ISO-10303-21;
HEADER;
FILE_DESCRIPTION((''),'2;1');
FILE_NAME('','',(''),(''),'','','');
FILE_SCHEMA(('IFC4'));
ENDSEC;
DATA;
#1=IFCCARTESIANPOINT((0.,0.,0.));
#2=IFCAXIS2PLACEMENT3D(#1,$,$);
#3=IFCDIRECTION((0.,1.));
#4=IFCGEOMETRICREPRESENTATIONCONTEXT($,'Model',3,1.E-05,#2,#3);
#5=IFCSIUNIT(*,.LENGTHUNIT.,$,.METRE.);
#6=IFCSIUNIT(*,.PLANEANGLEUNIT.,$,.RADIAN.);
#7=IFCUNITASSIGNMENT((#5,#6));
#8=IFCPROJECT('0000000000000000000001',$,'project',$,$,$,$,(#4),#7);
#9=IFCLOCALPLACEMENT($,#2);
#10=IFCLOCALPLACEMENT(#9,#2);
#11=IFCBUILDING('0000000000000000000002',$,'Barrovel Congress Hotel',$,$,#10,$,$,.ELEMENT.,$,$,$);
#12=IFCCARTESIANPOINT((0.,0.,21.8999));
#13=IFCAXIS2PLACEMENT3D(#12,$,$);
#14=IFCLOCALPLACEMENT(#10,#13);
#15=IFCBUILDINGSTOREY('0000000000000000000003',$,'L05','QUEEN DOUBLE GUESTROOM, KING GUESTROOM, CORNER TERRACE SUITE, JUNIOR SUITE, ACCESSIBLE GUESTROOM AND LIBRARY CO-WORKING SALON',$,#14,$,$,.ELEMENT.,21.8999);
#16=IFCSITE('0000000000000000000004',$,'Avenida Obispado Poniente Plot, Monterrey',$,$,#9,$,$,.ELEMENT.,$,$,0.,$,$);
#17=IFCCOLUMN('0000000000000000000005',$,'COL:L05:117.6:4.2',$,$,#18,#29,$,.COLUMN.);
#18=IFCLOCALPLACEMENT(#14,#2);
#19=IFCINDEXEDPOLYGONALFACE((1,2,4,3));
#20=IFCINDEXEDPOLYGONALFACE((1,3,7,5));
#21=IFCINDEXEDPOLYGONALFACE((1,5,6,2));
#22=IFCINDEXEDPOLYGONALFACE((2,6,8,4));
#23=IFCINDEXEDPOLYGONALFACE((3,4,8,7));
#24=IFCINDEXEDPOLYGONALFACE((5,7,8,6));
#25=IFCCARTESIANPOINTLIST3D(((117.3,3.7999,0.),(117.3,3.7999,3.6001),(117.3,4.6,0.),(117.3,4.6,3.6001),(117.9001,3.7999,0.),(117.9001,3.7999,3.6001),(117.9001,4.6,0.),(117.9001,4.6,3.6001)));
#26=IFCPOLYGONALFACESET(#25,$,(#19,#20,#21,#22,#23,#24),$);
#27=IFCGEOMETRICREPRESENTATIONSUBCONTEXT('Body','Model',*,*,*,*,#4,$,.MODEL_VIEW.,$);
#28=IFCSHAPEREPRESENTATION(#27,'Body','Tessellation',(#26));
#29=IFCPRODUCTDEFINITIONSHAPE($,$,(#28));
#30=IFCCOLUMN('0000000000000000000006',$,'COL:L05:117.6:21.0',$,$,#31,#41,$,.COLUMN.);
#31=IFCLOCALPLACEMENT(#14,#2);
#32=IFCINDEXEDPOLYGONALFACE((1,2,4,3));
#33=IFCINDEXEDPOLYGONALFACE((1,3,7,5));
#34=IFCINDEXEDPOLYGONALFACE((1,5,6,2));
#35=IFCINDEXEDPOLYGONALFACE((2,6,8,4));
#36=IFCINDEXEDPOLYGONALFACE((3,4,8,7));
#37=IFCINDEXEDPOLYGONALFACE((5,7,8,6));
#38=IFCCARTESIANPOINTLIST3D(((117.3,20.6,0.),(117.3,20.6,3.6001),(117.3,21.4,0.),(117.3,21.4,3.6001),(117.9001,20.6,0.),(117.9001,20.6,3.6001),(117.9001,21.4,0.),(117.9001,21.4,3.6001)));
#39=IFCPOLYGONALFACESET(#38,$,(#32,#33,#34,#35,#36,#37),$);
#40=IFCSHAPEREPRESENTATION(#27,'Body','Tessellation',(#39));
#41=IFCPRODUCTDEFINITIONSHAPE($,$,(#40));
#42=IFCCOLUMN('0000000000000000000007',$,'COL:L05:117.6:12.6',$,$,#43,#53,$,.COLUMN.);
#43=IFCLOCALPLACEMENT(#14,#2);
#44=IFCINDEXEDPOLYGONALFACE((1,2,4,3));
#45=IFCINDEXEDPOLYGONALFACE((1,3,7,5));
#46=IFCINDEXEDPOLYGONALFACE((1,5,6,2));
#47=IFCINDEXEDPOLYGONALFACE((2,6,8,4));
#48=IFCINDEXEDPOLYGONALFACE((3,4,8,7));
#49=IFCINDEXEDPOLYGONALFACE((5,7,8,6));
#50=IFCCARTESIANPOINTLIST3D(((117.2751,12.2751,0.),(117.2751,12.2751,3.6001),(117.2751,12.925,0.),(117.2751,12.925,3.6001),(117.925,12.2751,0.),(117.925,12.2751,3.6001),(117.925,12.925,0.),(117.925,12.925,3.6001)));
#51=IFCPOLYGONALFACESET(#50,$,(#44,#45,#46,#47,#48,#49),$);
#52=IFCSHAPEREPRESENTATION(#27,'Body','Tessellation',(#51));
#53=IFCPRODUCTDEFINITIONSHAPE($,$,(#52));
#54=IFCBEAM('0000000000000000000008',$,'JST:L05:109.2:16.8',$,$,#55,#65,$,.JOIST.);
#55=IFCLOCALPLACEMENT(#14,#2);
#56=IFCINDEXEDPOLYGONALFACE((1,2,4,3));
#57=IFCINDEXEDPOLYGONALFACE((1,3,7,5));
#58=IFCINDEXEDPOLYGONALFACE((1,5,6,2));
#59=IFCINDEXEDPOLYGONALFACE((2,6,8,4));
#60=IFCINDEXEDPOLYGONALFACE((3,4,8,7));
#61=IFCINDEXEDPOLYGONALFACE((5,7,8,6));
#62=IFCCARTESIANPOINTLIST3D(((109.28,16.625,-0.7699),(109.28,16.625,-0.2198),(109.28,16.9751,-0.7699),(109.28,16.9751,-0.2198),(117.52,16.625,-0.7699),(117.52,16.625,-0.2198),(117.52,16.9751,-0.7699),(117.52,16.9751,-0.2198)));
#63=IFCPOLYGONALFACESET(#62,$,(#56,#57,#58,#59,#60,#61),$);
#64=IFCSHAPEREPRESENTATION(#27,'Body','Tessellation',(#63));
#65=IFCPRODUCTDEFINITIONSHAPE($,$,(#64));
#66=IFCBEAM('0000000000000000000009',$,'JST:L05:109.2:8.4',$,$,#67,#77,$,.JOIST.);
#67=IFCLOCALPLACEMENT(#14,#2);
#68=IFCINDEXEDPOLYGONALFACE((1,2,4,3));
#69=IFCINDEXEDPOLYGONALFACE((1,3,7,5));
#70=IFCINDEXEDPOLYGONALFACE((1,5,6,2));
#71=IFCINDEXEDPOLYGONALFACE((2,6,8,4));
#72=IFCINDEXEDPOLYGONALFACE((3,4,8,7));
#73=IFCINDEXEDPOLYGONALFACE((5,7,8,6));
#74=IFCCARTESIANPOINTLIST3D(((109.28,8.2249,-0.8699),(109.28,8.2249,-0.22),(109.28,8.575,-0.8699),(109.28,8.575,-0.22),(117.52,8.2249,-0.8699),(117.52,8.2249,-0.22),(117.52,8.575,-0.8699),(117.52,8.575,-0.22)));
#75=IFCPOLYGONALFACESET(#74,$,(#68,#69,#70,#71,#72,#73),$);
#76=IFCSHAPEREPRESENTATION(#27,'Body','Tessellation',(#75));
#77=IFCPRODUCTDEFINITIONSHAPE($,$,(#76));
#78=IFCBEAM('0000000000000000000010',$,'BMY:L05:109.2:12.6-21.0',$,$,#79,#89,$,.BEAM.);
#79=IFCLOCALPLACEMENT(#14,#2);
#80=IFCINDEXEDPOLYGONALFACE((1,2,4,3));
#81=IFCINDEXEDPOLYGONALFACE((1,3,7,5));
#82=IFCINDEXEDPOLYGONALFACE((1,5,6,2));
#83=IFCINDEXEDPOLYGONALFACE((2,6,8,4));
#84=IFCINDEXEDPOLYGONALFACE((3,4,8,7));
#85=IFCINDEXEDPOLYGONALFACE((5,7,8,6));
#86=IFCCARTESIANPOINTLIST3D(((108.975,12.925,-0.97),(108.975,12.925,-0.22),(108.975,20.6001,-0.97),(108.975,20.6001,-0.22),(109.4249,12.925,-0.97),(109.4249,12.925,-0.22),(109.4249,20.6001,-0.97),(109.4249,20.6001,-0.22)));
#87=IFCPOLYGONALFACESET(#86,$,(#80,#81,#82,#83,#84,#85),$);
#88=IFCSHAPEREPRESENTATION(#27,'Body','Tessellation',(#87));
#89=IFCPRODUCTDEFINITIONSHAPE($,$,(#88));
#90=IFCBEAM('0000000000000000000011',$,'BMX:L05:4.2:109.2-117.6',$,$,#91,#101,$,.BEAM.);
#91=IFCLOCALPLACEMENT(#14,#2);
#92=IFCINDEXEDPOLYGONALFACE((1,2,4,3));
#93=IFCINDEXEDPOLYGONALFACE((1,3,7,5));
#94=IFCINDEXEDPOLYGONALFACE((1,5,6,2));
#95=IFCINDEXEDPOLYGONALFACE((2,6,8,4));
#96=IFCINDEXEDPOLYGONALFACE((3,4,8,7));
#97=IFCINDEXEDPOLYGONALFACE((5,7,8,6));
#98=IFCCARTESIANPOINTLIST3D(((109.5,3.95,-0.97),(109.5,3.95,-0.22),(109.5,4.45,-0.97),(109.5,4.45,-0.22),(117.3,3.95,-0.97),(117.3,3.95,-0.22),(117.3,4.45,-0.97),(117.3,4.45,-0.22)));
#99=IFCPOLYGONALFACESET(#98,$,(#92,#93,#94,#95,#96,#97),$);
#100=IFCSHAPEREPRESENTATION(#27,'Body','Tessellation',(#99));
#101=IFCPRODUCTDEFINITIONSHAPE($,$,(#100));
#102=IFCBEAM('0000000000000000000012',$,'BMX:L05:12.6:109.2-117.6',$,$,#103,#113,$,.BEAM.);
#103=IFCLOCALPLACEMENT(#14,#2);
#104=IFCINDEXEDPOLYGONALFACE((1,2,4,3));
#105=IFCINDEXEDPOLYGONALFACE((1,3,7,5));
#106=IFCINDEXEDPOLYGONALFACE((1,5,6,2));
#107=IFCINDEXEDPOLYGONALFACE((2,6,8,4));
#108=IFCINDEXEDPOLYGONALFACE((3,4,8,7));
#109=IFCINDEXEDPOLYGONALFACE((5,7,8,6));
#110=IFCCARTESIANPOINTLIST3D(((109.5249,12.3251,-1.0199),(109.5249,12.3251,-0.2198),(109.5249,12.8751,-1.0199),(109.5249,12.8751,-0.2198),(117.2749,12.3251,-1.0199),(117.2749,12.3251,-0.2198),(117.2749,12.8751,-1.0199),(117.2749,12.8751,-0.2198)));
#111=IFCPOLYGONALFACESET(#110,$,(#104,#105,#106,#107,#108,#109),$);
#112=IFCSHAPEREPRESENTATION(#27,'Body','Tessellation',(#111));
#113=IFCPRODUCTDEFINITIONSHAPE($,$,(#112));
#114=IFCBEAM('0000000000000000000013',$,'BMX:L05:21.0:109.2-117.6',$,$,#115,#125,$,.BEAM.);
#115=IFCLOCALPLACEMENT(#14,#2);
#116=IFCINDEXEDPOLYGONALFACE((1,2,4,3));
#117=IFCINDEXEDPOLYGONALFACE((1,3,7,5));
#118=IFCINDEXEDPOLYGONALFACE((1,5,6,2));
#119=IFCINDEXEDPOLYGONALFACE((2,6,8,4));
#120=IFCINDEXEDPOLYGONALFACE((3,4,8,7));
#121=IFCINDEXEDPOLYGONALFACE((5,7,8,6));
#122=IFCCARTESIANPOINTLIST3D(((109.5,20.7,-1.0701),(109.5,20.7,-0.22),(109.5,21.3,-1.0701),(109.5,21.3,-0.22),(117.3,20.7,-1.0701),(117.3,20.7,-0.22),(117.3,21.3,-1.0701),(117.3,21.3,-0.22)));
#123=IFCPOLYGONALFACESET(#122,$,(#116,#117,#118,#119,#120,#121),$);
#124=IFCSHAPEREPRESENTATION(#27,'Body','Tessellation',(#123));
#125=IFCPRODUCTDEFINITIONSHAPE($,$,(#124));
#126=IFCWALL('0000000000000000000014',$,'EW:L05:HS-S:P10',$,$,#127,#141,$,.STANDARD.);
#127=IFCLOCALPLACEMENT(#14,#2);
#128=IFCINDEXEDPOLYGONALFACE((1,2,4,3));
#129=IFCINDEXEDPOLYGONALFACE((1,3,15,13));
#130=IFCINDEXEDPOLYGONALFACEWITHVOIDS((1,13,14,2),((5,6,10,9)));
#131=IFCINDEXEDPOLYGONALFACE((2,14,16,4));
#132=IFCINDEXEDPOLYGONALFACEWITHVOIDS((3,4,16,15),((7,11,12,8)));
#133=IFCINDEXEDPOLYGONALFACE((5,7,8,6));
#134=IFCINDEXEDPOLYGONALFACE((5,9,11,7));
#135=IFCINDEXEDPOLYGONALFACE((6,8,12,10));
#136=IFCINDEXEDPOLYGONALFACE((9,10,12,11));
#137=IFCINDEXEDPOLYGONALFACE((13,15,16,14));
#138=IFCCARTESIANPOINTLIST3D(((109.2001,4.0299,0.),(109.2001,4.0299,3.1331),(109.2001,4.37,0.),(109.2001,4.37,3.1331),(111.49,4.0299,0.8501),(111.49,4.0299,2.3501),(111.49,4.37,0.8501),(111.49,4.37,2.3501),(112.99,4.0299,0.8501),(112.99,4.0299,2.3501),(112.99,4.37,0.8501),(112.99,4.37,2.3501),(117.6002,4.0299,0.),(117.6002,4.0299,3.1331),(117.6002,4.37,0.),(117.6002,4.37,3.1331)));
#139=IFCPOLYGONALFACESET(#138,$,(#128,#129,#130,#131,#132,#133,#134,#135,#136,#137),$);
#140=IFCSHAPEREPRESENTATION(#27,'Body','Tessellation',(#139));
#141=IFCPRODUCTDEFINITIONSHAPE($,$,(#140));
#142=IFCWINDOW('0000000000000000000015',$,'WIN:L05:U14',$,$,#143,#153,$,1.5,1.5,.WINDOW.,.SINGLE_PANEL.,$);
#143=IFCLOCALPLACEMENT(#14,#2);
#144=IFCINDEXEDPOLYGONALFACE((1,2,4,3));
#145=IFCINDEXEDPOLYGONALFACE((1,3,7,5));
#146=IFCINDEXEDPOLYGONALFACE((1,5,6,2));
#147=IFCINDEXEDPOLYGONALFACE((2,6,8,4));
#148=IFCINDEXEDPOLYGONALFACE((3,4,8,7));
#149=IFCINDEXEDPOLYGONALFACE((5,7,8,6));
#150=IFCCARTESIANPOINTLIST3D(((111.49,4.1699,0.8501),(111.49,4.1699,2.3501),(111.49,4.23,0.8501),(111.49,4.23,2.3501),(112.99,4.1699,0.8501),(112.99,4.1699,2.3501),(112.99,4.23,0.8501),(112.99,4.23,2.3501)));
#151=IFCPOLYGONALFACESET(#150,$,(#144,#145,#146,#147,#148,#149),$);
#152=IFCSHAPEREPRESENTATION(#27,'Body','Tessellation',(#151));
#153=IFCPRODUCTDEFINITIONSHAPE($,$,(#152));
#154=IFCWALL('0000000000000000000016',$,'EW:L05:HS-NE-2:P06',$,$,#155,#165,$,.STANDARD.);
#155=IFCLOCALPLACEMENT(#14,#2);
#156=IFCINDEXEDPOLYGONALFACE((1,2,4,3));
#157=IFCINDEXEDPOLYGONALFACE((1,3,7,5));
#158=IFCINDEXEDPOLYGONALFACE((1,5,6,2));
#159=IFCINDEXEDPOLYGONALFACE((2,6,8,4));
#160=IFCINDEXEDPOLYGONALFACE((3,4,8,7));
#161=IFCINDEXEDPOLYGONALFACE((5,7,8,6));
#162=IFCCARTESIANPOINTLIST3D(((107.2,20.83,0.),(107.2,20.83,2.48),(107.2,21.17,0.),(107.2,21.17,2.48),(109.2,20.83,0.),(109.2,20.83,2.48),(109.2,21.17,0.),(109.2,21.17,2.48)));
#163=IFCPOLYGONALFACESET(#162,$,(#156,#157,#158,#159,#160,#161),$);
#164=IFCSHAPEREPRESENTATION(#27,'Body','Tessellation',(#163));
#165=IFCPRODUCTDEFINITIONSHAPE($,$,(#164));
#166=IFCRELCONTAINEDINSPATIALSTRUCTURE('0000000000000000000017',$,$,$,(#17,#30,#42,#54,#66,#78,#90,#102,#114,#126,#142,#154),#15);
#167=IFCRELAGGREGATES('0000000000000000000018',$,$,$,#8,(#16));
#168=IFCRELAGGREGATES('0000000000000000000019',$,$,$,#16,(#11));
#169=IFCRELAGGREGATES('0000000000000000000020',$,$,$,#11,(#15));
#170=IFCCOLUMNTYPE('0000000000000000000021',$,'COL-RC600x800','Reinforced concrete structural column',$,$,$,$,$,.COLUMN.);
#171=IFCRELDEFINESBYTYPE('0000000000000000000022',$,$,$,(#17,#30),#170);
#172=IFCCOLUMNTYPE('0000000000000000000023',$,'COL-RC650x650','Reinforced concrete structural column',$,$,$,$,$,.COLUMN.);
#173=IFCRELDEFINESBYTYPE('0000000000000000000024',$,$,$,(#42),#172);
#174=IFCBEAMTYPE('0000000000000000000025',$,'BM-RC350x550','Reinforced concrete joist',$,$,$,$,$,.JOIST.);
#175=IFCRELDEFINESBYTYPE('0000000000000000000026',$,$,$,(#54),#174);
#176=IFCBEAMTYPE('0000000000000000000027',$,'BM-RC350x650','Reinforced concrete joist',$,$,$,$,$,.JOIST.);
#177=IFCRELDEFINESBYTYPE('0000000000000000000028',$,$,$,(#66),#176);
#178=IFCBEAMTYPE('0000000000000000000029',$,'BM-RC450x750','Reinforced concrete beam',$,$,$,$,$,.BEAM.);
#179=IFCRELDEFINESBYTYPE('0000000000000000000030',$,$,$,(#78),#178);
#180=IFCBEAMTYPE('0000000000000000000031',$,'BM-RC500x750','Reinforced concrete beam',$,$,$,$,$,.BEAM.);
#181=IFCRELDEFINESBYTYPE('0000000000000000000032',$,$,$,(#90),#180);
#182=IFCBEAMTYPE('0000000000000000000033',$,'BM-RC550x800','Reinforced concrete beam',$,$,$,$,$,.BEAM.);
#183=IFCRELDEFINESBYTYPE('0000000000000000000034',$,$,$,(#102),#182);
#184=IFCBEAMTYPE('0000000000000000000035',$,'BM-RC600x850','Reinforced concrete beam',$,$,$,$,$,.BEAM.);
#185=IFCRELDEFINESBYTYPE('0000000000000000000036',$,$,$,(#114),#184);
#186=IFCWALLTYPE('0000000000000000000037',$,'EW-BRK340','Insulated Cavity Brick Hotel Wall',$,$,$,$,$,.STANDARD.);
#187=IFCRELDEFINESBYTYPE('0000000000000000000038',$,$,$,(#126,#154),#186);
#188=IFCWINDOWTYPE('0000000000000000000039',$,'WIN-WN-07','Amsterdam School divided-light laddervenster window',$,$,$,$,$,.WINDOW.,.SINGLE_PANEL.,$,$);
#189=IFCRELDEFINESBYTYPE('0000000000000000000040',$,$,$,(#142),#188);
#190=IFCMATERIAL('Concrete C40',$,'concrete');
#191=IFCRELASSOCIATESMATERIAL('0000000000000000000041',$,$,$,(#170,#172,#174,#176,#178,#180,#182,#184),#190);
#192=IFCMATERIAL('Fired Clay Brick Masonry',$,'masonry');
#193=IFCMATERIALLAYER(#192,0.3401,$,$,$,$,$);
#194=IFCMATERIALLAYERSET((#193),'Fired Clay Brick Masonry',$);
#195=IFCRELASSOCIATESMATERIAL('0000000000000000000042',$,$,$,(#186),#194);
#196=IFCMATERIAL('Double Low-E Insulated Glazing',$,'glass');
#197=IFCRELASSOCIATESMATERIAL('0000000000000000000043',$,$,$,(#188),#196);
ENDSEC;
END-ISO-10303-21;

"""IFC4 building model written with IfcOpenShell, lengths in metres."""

from ifc_helpers import new_model, si_unit, direction, frame, frame_2d, origin, origin_2d, place, context, subcontext, project, spatial, rectangle, extrude, material, layer, layer_set, material_profile, profile_set, type_object, element, fill, save


model = new_model("IFC4")

# Units and contexts
model_context = context("Model", 3, precision=1e-05, world=origin(), true_north=direction((0.0, 1.0)))
body_context = subcontext(model_context, "Body", "Model", "MODEL_VIEW")
ifc_project = project(units=[si_unit("LENGTHUNIT", "METRE"), si_unit("PLANEANGLEUNIT", "RADIAN")], contexts=[model_context])

# Site, building, storey
site_placement = place(None, origin())
site = spatial("IfcSite", under=ifc_project, at=site_placement, Name="Avenida Obispado Poniente Plot, Monterrey", CompositionType="ELEMENT", RefElevation=0.0)
building_placement = place(site_placement, origin())
building = spatial("IfcBuilding", under=site, at=building_placement, Name="Barrovel Congress Hotel", CompositionType="ELEMENT")
storey_placement = place(building_placement, frame((0.0, 0.0, 21.8999)))
storey = spatial("IfcBuildingStorey", under=building, at=storey_placement, Name="L05", Description="QUEEN DOUBLE GUESTROOM, KING GUESTROOM, CORNER TERRACE SUITE, JUNIOR SUITE, ACCESSIBLE GUESTROOM AND LIBRARY CO-WORKING SALON", CompositionType="ELEMENT", Elevation=21.8999)

# Columns
ifc_material_1 = material(Name="Concrete C40", Category="concrete")
ifc_material_profile_1 = material_profile(ifc_material_1, rectangle(XDim=0.6001, YDim=0.8, at=origin_2d()), Name="RC600x800")
ifc_profile_set_1 = profile_set([ifc_material_profile_1], Name="Concrete C40")
column_type_1 = type_object("IfcColumnType", Name="COL-RC600x800", Description="Reinforced concrete structural column", PredefinedType="COLUMN", material=ifc_profile_set_1)
for number, where, z_axis, x_axis, name in (
    (1, (117.6001, 4.2, 0.0), (0.0, 0.0, 1.0), (1.0, 0.0, 0.0), "COL:L05:117.6:4.2"),
    (2, (117.6001, 21.0, 0.0), (0.0, 0.0, 1.0), (1.0, 0.0, 0.0), "COL:L05:117.6:21.0"),
):
    element("IfcColumn", number, at=place(storey_placement, frame(where, z_axis=z_axis, x_axis=x_axis)), inside=storey, type_object=column_type_1, Name=name, PredefinedType="COLUMN", context=body_context, shape_type="SweptSolid", body=[
        extrude(rectangle(XDim=0.6001, YDim=0.8, at=origin_2d()), origin(), (0.0, 0.0, 1.0), 3.6001),
    ])
ifc_material_profile_2 = material_profile(ifc_material_1, rectangle(XDim=0.6499, YDim=0.6499, at=origin_2d()), Name="RC650x650")
ifc_profile_set_2 = profile_set([ifc_material_profile_2], Name="Concrete C40")
column_type_2 = type_object("IfcColumnType", Name="COL-RC650x650", Description="Reinforced concrete structural column", PredefinedType="COLUMN", material=ifc_profile_set_2)
column_placement = place(storey_placement, frame((117.6001, 12.6001, 0.0), z_axis=(0.0, 0.0, 1.0), x_axis=(1.0, 0.0, 0.0)))
element("IfcColumn", 3, at=column_placement, inside=storey, type_object=column_type_2, Name="COL:L05:117.6:12.6", PredefinedType="COLUMN", context=body_context, shape_type="SweptSolid", body=[
    extrude(rectangle(XDim=0.6499, YDim=0.6499, at=origin_2d()), origin(), (0.0, 0.0, 1.0), 3.6001),
])

# Beams
ifc_material_profile_3 = material_profile(ifc_material_1, rectangle(XDim=0.3501, YDim=0.55, at=origin_2d()), Name="RC350x550")
ifc_profile_set_3 = profile_set([ifc_material_profile_3], Name="Concrete C40")
beam_type_1 = type_object("IfcBeamType", Name="BM-RC350x550", Description="Reinforced concrete joist", PredefinedType="JOIST", material=ifc_profile_set_3)
beam_1_placement = place(storey_placement, frame((109.28, 16.8, -0.4949), z_axis=(1.0, 0.0, 0.0), x_axis=(0.0, 1.0, 0.0)))
element("IfcBeam", 4, at=beam_1_placement, inside=storey, type_object=beam_type_1, Name="JST:L05:109.2:16.8", PredefinedType="JOIST", context=body_context, shape_type="SweptSolid", body=[
    extrude(rectangle(XDim=0.3501, YDim=0.55, at=origin_2d()), origin(), (0.0, 0.0, 1.0), 8.24),
])
ifc_material_profile_4 = material_profile(ifc_material_1, rectangle(XDim=0.3501, YDim=0.6499, at=origin_2d()), Name="RC350x650")
ifc_profile_set_4 = profile_set([ifc_material_profile_4], Name="Concrete C40")
beam_type_2 = type_object("IfcBeamType", Name="BM-RC350x650", Description="Reinforced concrete joist", PredefinedType="JOIST", material=ifc_profile_set_4)
beam_2_placement = place(storey_placement, frame((109.28, 8.3999, -0.5449), z_axis=(1.0, 0.0, 0.0), x_axis=(0.0, 1.0, 0.0)))
element("IfcBeam", 5, at=beam_2_placement, inside=storey, type_object=beam_type_2, Name="JST:L05:109.2:8.4", PredefinedType="JOIST", context=body_context, shape_type="SweptSolid", body=[
    extrude(rectangle(XDim=0.3501, YDim=0.6499, at=origin_2d()), origin(), (0.0, 0.0, 1.0), 8.24),
])
ifc_material_profile_5 = material_profile(ifc_material_1, rectangle(XDim=0.45, YDim=0.75, at=origin_2d()), Name="RC450x750")
ifc_profile_set_5 = profile_set([ifc_material_profile_5], Name="Concrete C40")
beam_type_3 = type_object("IfcBeamType", Name="BM-RC450x750", Description="Reinforced concrete beam", PredefinedType="BEAM", material=ifc_profile_set_5)
beam_3_placement = place(storey_placement, frame((109.2, 12.925, -0.595), z_axis=(0.0, 1.0, 0.0), x_axis=(-1.0, 0.0, 0.0)))
element("IfcBeam", 6, at=beam_3_placement, inside=storey, type_object=beam_type_3, Name="BMY:L05:109.2:12.6-21.0", PredefinedType="BEAM", context=body_context, shape_type="SweptSolid", body=[
    extrude(rectangle(XDim=0.45, YDim=0.75, at=origin_2d()), origin(), (0.0, 0.0, 1.0), 7.675),
])
ifc_material_profile_6 = material_profile(ifc_material_1, rectangle(XDim=0.5, YDim=0.75, at=origin_2d()), Name="RC500x750")
ifc_profile_set_6 = profile_set([ifc_material_profile_6], Name="Concrete C40")
beam_type_4 = type_object("IfcBeamType", Name="BM-RC500x750", Description="Reinforced concrete beam", PredefinedType="BEAM", material=ifc_profile_set_6)
beam_4_placement = place(storey_placement, frame((109.5, 4.2, -0.595), z_axis=(1.0, 0.0, 0.0), x_axis=(0.0, 1.0, 0.0)))
element("IfcBeam", 7, at=beam_4_placement, inside=storey, type_object=beam_type_4, Name="BMX:L05:4.2:109.2-117.6", PredefinedType="BEAM", context=body_context, shape_type="SweptSolid", body=[
    extrude(rectangle(XDim=0.5, YDim=0.75, at=origin_2d()), origin(), (0.0, 0.0, 1.0), 7.8),
])
ifc_material_profile_7 = material_profile(ifc_material_1, rectangle(XDim=0.55, YDim=0.8, at=origin_2d()), Name="RC550x800")
ifc_profile_set_7 = profile_set([ifc_material_profile_7], Name="Concrete C40")
beam_type_5 = type_object("IfcBeamType", Name="BM-RC550x800", Description="Reinforced concrete beam", PredefinedType="BEAM", material=ifc_profile_set_7)
beam_5_placement = place(storey_placement, frame((109.5249, 12.6001, -0.6199), z_axis=(1.0, 0.0, 0.0), x_axis=(0.0, 1.0, 0.0)))
element("IfcBeam", 8, at=beam_5_placement, inside=storey, type_object=beam_type_5, Name="BMX:L05:12.6:109.2-117.6", PredefinedType="BEAM", context=body_context, shape_type="SweptSolid", body=[
    extrude(rectangle(XDim=0.55, YDim=0.8, at=origin_2d()), origin(), (0.0, 0.0, 1.0), 7.75),
])
ifc_material_profile_8 = material_profile(ifc_material_1, rectangle(XDim=0.6001, YDim=0.8501, at=origin_2d()), Name="RC600x850")
ifc_profile_set_8 = profile_set([ifc_material_profile_8], Name="Concrete C40")
beam_type_6 = type_object("IfcBeamType", Name="BM-RC600x850", Description="Reinforced concrete beam", PredefinedType="BEAM", material=ifc_profile_set_8)
beam_6_placement = place(storey_placement, frame((109.5, 21.0, -0.645), z_axis=(1.0, 0.0, 0.0), x_axis=(0.0, 1.0, 0.0)))
element("IfcBeam", 9, at=beam_6_placement, inside=storey, type_object=beam_type_6, Name="BMX:L05:21.0:109.2-117.6", PredefinedType="BEAM", context=body_context, shape_type="SweptSolid", body=[
    extrude(rectangle(XDim=0.6001, YDim=0.8501, at=origin_2d()), origin(), (0.0, 0.0, 1.0), 7.8),
])

# Wall, opening, window
ifc_material_2 = material(Name="Fired Clay Brick Masonry", Category="masonry")
ifc_layer_1 = layer(ifc_material_2, 0.3401)
ifc_layer_set_1 = layer_set([ifc_layer_1], Name="Fired Clay Brick Masonry")
wall_type_1 = type_object("IfcWallType", Name="EW-BRK340", Description="Insulated Cavity Brick Hotel Wall", PredefinedType="STANDARD", material=ifc_layer_set_1)
wall_1_placement = place(storey_placement, frame((109.2, 4.2, 0.0), z_axis=(0.0, 0.0, 1.0), x_axis=(1.0, 0.0, 0.0)))
wall_1 = element("IfcWall", 10, at=wall_1_placement, inside=storey, type_object=wall_type_1, Name="EW:L05:HS-S:P10", PredefinedType="STANDARD", context=body_context, shape_type="SweptSolid", body=[
    extrude(rectangle(XDim=8.4001, YDim=0.3401, at=frame_2d((4.2002, 0.0))), origin(), (0.0, 0.0, 1.0), 3.1331),
])
opening_1_placement = place(wall_1_placement, frame((2.29, 0.0, 0.8501)))
opening_1 = element("IfcOpeningElement", 11, at=opening_1_placement, cuts=wall_1, PredefinedType="OPENING", context=body_context, shape_type="SweptSolid", body=[
    extrude(rectangle(XDim=1.5, YDim=1.5, at=frame_2d((0.75, 0.75))), frame((0.0, 0.1802, 0.0), z_axis=(0.0, -1.0, 0.0), x_axis=(1.0, 0.0, 0.0)), (0.0, 0.0, 1.0), 0.3601),
])
ifc_material_3 = material(Name="Double Low-E Insulated Glazing", Category="glass")
window_type = type_object("IfcWindowType", Name="WIN-WN-07", Description="Amsterdam School divided-light laddervenster window", PartitioningType="SINGLE_PANEL", PredefinedType="WINDOW", material=ifc_material_3)
window_placement = place(opening_1_placement, origin())
window = element("IfcWindow", 12, at=window_placement, inside=storey, type_object=window_type, Name="WIN:L05:U14", OverallHeight=1.5, OverallWidth=1.5, PartitioningType="SINGLE_PANEL", PredefinedType="WINDOW", context=body_context, shape_type="SweptSolid", body=[
    extrude(rectangle(XDim=1.5, YDim=1.5, at=frame_2d((0.75, 0.75))), frame((0.0, 0.03, 0.0), z_axis=(0.0, -1.0, 0.0), x_axis=(1.0, 0.0, 0.0)), (0.0, 0.0, 1.0), 0.0601),
])
fill(opening_1, window)

# Wall
wall_2_placement = place(storey_placement, frame((109.2, 21.0, 0.0), z_axis=(0.0, 0.0, 1.0), x_axis=(-1.0, 0.0, 0.0)))
element("IfcWall", 13, at=wall_2_placement, inside=storey, type_object=wall_type_1, Name="EW:L05:HS-NE-2:P06", PredefinedType="STANDARD", context=body_context, shape_type="SweptSolid", body=[
    extrude(rectangle(XDim=2.0, YDim=0.3401, at=frame_2d((1.0, 0.0))), origin(), (0.0, 0.0, 1.0), 2.48),
])

save(model, "model.ifc")
